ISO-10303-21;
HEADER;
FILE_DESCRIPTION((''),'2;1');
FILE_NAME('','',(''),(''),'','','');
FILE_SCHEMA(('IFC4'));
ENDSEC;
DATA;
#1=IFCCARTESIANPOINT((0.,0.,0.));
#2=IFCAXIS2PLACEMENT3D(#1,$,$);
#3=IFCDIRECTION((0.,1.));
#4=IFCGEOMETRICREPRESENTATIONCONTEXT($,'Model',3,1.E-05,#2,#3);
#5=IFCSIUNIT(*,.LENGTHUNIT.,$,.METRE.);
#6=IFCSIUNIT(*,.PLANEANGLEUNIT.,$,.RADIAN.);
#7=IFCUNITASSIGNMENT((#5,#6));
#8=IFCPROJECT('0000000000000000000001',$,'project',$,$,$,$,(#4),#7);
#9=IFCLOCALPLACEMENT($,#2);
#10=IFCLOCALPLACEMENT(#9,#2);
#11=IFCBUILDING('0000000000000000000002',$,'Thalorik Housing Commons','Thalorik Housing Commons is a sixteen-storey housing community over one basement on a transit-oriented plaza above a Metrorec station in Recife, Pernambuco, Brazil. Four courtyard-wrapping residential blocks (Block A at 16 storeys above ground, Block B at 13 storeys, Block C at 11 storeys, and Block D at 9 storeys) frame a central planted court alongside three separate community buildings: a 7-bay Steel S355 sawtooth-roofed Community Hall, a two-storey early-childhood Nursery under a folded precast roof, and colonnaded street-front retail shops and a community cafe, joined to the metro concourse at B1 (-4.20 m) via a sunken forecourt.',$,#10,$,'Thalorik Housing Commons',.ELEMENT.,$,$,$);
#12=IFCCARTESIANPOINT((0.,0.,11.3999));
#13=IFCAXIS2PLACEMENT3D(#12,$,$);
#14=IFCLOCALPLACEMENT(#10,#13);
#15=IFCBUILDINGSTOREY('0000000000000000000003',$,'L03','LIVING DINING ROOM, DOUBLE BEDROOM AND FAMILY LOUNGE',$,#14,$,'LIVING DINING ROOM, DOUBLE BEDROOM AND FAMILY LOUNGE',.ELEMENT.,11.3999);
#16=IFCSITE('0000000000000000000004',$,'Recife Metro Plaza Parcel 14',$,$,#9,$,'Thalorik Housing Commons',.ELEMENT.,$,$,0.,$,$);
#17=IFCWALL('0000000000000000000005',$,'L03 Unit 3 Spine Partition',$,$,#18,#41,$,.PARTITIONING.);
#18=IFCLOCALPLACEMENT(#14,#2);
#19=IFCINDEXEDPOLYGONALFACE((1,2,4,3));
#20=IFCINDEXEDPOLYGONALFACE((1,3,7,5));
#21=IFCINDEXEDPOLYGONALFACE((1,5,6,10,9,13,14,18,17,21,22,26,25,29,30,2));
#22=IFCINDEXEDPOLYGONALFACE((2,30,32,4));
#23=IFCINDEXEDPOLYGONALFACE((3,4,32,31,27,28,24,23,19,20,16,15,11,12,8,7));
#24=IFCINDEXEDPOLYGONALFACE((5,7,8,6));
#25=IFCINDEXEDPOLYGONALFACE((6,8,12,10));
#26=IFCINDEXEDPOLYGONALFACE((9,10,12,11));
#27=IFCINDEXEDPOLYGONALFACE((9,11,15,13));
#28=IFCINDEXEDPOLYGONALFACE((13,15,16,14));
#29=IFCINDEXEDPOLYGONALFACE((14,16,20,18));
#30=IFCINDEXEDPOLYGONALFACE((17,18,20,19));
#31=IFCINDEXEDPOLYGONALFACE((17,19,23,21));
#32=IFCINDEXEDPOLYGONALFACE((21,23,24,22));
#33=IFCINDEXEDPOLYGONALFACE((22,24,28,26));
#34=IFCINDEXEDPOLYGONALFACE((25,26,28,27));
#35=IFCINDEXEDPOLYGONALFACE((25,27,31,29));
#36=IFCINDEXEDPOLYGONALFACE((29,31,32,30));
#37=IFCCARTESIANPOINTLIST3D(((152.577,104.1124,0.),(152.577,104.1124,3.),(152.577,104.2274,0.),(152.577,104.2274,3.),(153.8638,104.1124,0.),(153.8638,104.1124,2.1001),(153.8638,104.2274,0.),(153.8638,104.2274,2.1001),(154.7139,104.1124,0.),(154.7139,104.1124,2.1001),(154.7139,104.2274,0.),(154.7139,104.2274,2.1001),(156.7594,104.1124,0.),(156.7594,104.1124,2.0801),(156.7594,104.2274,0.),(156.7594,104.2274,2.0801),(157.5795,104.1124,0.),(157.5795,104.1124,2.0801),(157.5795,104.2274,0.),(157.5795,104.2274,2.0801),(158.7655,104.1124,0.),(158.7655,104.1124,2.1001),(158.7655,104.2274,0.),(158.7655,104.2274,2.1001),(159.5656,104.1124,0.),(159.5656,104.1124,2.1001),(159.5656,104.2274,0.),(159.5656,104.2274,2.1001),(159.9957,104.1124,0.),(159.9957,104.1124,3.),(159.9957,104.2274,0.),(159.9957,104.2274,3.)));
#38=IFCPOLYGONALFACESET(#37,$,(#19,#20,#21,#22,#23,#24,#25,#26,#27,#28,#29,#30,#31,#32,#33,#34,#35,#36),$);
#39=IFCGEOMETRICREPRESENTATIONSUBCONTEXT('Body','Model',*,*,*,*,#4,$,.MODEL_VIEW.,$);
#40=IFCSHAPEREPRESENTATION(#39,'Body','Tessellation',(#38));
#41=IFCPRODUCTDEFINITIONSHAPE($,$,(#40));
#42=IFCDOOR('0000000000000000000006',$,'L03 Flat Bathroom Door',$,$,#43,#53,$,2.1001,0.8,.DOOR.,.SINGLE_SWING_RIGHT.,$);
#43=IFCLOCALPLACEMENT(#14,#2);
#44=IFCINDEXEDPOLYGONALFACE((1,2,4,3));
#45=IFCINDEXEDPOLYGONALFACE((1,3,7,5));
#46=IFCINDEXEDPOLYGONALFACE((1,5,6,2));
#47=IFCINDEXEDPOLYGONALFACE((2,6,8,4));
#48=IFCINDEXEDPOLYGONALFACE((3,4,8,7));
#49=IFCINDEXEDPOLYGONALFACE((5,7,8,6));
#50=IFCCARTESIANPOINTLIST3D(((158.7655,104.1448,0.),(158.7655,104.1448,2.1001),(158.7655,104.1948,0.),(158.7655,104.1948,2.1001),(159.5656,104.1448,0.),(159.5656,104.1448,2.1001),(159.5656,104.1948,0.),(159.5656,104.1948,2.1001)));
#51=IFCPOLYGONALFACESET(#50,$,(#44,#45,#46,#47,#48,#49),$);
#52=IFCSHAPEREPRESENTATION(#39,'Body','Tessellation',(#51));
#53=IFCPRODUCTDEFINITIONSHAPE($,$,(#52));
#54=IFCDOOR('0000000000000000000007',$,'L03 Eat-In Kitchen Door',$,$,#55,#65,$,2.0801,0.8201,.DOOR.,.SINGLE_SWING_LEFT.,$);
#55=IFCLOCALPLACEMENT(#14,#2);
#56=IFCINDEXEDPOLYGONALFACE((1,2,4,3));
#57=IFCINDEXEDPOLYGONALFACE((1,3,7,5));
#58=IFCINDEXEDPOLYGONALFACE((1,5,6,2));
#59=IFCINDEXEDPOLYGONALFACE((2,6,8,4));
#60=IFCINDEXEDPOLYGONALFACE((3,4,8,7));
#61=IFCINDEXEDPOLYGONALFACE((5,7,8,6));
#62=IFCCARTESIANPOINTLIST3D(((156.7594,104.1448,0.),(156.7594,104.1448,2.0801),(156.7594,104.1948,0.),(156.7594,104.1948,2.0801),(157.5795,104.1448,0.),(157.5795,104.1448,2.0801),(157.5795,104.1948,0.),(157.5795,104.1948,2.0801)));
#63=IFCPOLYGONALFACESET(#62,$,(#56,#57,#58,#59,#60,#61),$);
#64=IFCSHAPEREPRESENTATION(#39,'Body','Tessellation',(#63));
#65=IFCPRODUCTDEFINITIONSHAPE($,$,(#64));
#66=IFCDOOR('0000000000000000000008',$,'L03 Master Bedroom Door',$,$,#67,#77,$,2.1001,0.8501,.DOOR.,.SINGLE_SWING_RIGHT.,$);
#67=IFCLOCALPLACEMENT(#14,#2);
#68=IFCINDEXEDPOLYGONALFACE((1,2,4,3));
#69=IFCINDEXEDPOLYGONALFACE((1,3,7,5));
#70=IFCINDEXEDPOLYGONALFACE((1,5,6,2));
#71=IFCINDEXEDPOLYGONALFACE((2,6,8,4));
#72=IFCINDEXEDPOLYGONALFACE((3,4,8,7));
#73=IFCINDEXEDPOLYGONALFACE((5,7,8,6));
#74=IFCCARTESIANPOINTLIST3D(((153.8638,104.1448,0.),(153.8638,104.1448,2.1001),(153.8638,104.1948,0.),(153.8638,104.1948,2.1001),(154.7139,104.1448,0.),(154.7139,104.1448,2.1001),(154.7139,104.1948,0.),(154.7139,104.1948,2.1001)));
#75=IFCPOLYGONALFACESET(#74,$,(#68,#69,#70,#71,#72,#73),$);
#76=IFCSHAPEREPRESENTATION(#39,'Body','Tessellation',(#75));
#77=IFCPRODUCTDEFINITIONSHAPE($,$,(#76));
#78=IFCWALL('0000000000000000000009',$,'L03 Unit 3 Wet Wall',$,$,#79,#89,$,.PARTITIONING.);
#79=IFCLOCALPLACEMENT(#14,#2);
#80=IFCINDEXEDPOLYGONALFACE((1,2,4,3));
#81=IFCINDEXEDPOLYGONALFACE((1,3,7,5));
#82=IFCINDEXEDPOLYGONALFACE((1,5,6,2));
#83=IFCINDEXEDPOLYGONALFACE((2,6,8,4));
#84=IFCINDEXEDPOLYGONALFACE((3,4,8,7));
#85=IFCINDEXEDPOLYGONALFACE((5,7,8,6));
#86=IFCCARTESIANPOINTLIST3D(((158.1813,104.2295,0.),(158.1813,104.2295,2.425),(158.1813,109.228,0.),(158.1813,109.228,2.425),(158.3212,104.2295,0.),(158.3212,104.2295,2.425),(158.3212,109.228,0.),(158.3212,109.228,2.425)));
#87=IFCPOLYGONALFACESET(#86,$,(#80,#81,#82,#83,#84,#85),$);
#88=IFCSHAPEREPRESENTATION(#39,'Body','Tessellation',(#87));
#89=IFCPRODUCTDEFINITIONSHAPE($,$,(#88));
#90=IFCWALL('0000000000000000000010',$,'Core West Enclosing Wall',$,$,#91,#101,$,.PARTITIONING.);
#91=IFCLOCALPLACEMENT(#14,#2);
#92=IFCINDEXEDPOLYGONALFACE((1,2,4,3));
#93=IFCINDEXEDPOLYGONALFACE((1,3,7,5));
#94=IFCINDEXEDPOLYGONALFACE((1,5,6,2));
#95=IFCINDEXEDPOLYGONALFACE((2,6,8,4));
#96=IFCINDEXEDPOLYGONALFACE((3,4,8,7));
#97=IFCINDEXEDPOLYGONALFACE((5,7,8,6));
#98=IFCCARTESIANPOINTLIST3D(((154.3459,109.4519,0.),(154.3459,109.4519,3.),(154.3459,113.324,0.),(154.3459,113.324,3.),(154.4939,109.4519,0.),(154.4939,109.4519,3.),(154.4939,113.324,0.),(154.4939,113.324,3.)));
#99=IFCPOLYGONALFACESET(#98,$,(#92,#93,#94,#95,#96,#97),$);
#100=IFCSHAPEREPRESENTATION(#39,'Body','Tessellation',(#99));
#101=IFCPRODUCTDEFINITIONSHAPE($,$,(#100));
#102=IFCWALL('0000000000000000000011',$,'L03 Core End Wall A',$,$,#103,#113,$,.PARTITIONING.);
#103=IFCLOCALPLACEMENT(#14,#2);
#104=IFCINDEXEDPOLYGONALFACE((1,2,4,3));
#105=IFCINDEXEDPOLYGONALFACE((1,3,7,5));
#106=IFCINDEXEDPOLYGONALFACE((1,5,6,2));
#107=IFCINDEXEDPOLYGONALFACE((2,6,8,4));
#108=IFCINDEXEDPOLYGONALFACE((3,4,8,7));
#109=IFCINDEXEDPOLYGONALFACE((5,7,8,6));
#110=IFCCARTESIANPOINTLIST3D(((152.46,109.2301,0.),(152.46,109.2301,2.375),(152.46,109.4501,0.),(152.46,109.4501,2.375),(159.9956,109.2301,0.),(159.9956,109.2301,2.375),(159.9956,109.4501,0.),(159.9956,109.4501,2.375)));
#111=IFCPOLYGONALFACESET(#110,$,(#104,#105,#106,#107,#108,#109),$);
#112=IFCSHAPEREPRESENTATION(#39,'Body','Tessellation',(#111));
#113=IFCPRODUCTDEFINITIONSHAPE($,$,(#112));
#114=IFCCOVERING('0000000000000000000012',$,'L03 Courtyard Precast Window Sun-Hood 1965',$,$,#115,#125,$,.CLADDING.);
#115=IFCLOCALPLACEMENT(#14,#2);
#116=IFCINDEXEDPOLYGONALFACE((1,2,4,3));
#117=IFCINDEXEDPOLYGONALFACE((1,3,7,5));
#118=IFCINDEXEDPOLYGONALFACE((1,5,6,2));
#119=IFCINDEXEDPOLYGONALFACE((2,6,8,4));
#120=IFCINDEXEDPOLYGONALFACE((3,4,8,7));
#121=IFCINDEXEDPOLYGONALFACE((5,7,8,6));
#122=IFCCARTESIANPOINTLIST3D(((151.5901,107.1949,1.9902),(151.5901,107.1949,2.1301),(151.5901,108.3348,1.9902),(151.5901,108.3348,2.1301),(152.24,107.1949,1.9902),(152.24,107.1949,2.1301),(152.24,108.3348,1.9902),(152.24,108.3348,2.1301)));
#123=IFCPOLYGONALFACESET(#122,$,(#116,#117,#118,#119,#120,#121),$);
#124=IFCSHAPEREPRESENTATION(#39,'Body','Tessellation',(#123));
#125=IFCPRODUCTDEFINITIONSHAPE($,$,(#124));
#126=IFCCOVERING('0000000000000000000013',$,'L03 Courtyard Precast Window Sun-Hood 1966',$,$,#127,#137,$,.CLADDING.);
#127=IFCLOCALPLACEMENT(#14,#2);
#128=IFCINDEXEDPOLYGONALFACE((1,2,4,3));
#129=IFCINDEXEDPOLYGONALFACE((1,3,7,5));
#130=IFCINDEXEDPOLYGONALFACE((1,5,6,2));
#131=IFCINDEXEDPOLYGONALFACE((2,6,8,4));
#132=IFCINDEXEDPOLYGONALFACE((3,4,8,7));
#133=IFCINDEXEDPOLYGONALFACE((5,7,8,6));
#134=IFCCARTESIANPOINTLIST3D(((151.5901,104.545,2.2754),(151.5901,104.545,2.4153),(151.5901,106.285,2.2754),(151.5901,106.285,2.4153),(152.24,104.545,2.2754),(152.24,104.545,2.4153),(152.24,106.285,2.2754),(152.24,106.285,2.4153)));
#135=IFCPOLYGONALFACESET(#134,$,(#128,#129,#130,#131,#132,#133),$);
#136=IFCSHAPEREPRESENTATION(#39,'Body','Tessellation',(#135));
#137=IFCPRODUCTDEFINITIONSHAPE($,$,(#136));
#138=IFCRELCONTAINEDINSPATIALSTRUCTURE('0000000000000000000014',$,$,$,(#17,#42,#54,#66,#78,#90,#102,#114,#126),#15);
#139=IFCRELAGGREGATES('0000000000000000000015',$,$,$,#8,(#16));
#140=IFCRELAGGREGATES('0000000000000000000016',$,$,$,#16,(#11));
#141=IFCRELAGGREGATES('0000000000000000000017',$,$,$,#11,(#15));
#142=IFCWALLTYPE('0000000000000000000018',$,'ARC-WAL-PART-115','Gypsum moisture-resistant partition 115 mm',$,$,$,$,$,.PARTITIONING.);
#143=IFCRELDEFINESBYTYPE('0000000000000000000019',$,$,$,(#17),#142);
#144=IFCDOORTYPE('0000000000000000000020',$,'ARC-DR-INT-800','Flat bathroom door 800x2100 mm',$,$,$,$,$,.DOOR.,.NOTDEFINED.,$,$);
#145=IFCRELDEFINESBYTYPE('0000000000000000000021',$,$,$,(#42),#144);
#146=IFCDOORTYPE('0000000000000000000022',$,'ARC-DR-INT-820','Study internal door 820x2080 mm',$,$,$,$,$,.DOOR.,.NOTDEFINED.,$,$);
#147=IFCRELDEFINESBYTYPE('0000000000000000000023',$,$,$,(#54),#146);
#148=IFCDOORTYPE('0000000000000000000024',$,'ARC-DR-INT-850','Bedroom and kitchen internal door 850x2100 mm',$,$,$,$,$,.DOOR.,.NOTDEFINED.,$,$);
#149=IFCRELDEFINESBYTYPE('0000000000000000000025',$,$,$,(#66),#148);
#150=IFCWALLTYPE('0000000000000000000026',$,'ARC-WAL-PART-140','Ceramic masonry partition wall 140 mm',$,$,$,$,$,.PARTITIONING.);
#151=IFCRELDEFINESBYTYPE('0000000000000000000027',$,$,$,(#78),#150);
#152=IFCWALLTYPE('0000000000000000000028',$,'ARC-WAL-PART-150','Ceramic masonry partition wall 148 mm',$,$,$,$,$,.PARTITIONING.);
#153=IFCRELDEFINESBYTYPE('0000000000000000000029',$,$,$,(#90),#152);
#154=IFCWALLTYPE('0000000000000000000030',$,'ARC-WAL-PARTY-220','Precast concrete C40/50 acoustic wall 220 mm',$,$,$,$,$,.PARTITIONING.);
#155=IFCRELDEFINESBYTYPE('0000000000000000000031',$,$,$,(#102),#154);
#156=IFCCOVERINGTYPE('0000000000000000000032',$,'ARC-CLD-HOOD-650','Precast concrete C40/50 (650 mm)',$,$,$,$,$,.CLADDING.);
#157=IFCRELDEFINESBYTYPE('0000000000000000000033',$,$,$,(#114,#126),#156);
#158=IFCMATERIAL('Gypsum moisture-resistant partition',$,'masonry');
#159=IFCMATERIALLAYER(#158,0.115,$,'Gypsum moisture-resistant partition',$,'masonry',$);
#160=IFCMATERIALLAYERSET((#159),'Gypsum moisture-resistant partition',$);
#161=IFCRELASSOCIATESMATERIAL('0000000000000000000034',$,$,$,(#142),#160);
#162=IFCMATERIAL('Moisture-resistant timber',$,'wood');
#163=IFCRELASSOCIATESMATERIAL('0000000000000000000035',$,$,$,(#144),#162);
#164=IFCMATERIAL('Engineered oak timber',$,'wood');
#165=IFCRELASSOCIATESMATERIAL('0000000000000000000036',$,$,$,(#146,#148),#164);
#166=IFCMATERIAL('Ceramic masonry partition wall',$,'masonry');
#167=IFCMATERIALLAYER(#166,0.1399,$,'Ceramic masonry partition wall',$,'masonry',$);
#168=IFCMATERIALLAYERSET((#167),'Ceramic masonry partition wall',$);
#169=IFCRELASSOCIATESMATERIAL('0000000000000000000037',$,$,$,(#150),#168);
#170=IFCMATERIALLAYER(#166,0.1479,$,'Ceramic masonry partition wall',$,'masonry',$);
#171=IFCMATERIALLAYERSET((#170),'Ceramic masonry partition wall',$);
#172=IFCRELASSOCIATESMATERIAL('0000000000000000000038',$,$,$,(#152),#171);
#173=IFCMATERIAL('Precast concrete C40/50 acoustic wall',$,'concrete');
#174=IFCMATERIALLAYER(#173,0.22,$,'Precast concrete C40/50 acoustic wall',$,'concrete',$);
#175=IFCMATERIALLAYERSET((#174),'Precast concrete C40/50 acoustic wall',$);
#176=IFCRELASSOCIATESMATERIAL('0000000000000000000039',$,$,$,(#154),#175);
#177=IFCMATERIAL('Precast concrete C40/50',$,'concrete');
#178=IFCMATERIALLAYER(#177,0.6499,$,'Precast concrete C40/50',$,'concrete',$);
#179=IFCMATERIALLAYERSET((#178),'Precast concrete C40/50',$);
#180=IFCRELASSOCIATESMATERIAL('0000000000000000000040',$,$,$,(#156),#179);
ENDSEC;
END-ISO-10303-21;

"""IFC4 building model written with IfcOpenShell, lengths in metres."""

from ifc_helpers import new_model, si_unit, direction, frame, frame_2d, origin, origin_2d, place, context, subcontext, project, spatial, rectangle, extrude, material, layer, layer_set, type_object, element, fill, save


model = new_model("IFC4")

# Units and contexts
model_context = context("Model", 3, precision=1e-05, world=origin(), true_north=direction((0.0, 1.0)))
body_context = subcontext(model_context, "Body", "Model", "MODEL_VIEW")
ifc_project = project(units=[si_unit("LENGTHUNIT", "METRE"), si_unit("PLANEANGLEUNIT", "RADIAN")], contexts=[model_context])

# Site, building, storey
site_placement = place(None, origin())
site = spatial("IfcSite", under=ifc_project, at=site_placement, Name="Recife Metro Plaza Parcel 14", LongName="Thalorik Housing Commons", CompositionType="ELEMENT", RefElevation=0.0)
building_placement = place(site_placement, origin())
building = spatial("IfcBuilding", under=site, at=building_placement, Name="Thalorik Housing Commons", Description="Thalorik Housing Commons is a sixteen-storey housing community over one basement on a transit-oriented plaza above a Metrorec station in Recife, Pernambuco, Brazil. Four courtyard-wrapping residential blocks (Block A at 16 storeys above ground, Block B at 13 storeys, Block C at 11 storeys, and Block D at 9 storeys) frame a central planted court alongside three separate community buildings: a 7-bay Steel S355 sawtooth-roofed Community Hall, a two-storey early-childhood Nursery under a folded precast roof, and colonnaded street-front retail shops and a community cafe, joined to the metro concourse at B1 (-4.20 m) via a sunken forecourt.", LongName="Thalorik Housing Commons", CompositionType="ELEMENT")
storey_placement = place(building_placement, frame((0.0, 0.0, 11.3999)))
storey = spatial("IfcBuildingStorey", under=building, at=storey_placement, Name="L03", Description="LIVING DINING ROOM, DOUBLE BEDROOM AND FAMILY LOUNGE", LongName="LIVING DINING ROOM, DOUBLE BEDROOM AND FAMILY LOUNGE", CompositionType="ELEMENT", Elevation=11.3999)

# Shared definitions
ifc_material_1 = material(Name="Precast concrete C40/50", Category="concrete")

# Wall, openings, doors
ifc_material_2 = material(Name="Gypsum moisture-resistant partition", Category="masonry")
ifc_layer_1 = layer(ifc_material_2, 0.115, Name="Gypsum moisture-resistant partition", Category="masonry")
ifc_layer_set_1 = layer_set([ifc_layer_1], Name="Gypsum moisture-resistant partition")
wall_type_1 = type_object("IfcWallType", Name="ARC-WAL-PART-115", Description="Gypsum moisture-resistant partition 115 mm", PredefinedType="PARTITIONING", material=ifc_layer_set_1)
wall_1_placement = place(storey_placement, frame((152.5769, 104.1699, 0.0), z_axis=(0.0, 0.0, 1.0), x_axis=(1.0, 0.0, 0.0)))
wall_1 = element("IfcWall", 1, at=wall_1_placement, inside=storey, type_object=wall_type_1, Name="L03 Unit 3 Spine Partition", PredefinedType="PARTITIONING", context=body_context, shape_type="SweptSolid", body=[
    extrude(rectangle(XDim=7.4187, YDim=0.115, at=frame_2d((3.7095, 0.0))), origin(), (0.0, 0.0, 1.0), 3.0),
])
opening_1_placement = place(wall_1_placement, frame((1.2869, 0.0, 0.0)))
opening_1 = element("IfcOpeningElement", 2, at=opening_1_placement, cuts=wall_1, PredefinedType="OPENING", context=body_context, shape_type="SweptSolid", body=[
    extrude(rectangle(XDim=0.8501, YDim=2.1001, at=frame_2d((0.425, 1.05))), frame((0.0, 0.0674, 0.0), z_axis=(0.0, -1.0, 0.0), x_axis=(1.0, 0.0, 0.0)), (0.0, 0.0, 1.0), 0.135),
])
opening_2_placement = place(wall_1_placement, frame((4.1824, 0.0, 0.0)))
opening_2 = element("IfcOpeningElement", 3, at=opening_2_placement, cuts=wall_1, PredefinedType="OPENING", context=body_context, shape_type="SweptSolid", body=[
    extrude(rectangle(XDim=0.8201, YDim=2.0801, at=frame_2d((0.4102, 1.04))), frame((0.0, 0.0674, 0.0), z_axis=(0.0, -1.0, 0.0), x_axis=(1.0, 0.0, 0.0)), (0.0, 0.0, 1.0), 0.135),
])
opening_3_placement = place(wall_1_placement, frame((6.1887, 0.0, 0.0)))
opening_3 = element("IfcOpeningElement", 4, at=opening_3_placement, cuts=wall_1, PredefinedType="OPENING", context=body_context, shape_type="SweptSolid", body=[
    extrude(rectangle(XDim=0.8, YDim=2.1001, at=frame_2d((0.3999, 1.05))), frame((0.0, 0.0674, 0.0), z_axis=(0.0, -1.0, 0.0), x_axis=(1.0, 0.0, 0.0)), (0.0, 0.0, 1.0), 0.135),
])
ifc_material_3 = material(Name="Moisture-resistant timber", Category="wood")
door_type_1 = type_object("IfcDoorType", Name="ARC-DR-INT-800", Description="Flat bathroom door 800x2100 mm", OperationType="NOTDEFINED", PredefinedType="DOOR", material=ifc_material_3)
door_1_placement = place(opening_3_placement, origin())
door_1 = element("IfcDoor", 5, at=door_1_placement, inside=storey, type_object=door_type_1, Name="L03 Flat Bathroom Door", OperationType="SINGLE_SWING_RIGHT", OverallHeight=2.1001, OverallWidth=0.8, PredefinedType="DOOR", context=body_context, shape_type="SweptSolid", body=[
    extrude(rectangle(XDim=0.8, YDim=2.1001, at=frame_2d((0.3999, 1.05))), frame((0.0, 0.0249, 0.0), z_axis=(0.0, -1.0, 0.0), x_axis=(1.0, 0.0, 0.0)), (0.0, 0.0, 1.0), 0.05),
])
fill(opening_3, door_1)
ifc_material_4 = material(Name="Engineered oak timber", Category="wood")
door_type_2 = type_object("IfcDoorType", Name="ARC-DR-INT-820", Description="Study internal door 820x2080 mm", OperationType="NOTDEFINED", PredefinedType="DOOR", material=ifc_material_4)
door_2_placement = place(opening_2_placement, origin())
door_2 = element("IfcDoor", 6, at=door_2_placement, inside=storey, type_object=door_type_2, Name="L03 Eat-In Kitchen Door", OperationType="SINGLE_SWING_LEFT", OverallHeight=2.0801, OverallWidth=0.8201, PredefinedType="DOOR", context=body_context, shape_type="SweptSolid", body=[
    extrude(rectangle(XDim=0.8201, YDim=2.0801, at=frame_2d((0.4102, 1.04))), frame((0.0, 0.0249, 0.0), z_axis=(0.0, -1.0, 0.0), x_axis=(1.0, 0.0, 0.0)), (0.0, 0.0, 1.0), 0.05),
])
fill(opening_2, door_2)
door_type_3 = type_object("IfcDoorType", Name="ARC-DR-INT-850", Description="Bedroom and kitchen internal door 850x2100 mm", OperationType="NOTDEFINED", PredefinedType="DOOR", material=ifc_material_4)
door_3_placement = place(opening_1_placement, origin())
door_3 = element("IfcDoor", 7, at=door_3_placement, inside=storey, type_object=door_type_3, Name="L03 Master Bedroom Door", OperationType="SINGLE_SWING_RIGHT", OverallHeight=2.1001, OverallWidth=0.8501, PredefinedType="DOOR", context=body_context, shape_type="SweptSolid", body=[
    extrude(rectangle(XDim=0.8501, YDim=2.1001, at=frame_2d((0.425, 1.05))), frame((0.0, 0.0249, 0.0), z_axis=(0.0, -1.0, 0.0), x_axis=(1.0, 0.0, 0.0)), (0.0, 0.0, 1.0), 0.05),
])
fill(opening_1, door_3)

# Walls
ifc_material_5 = material(Name="Ceramic masonry partition wall", Category="masonry")
ifc_layer_2 = layer(ifc_material_5, 0.1399, Name="Ceramic masonry partition wall", Category="masonry")
ifc_layer_set_2 = layer_set([ifc_layer_2], Name="Ceramic masonry partition wall")
wall_type_2 = type_object("IfcWallType", Name="ARC-WAL-PART-140", Description="Ceramic masonry partition wall 140 mm", PredefinedType="PARTITIONING", material=ifc_layer_set_2)
wall_2_placement = place(storey_placement, frame((158.2512, 104.2295, 0.0), z_axis=(0.0, 0.0, 1.0), x_axis=(0.0, 1.0, 0.0)))
element("IfcWall", 8, at=wall_2_placement, inside=storey, type_object=wall_type_2, Name="L03 Unit 3 Wet Wall", PredefinedType="PARTITIONING", context=body_context, shape_type="SweptSolid", body=[
    extrude(rectangle(XDim=4.9985, YDim=0.1399, at=frame_2d((2.4993, 0.0))), origin(), (0.0, 0.0, 1.0), 2.425),
])
ifc_layer_3 = layer(ifc_material_5, 0.1479, Name="Ceramic masonry partition wall", Category="masonry")
ifc_layer_set_3 = layer_set([ifc_layer_3], Name="Ceramic masonry partition wall")
wall_type_3 = type_object("IfcWallType", Name="ARC-WAL-PART-150", Description="Ceramic masonry partition wall 148 mm", PredefinedType="PARTITIONING", material=ifc_layer_set_3)
wall_3_placement = place(storey_placement, frame((154.4199, 113.324, 0.0), z_axis=(0.0, 0.0, 1.0), x_axis=(0.0, -1.0, 0.0)))
element("IfcWall", 9, at=wall_3_placement, inside=storey, type_object=wall_type_3, Name="Core West Enclosing Wall", PredefinedType="PARTITIONING", context=body_context, shape_type="SweptSolid", body=[
    extrude(rectangle(XDim=3.8721, YDim=0.1479, at=frame_2d((1.936, 0.0))), origin(), (0.0, 0.0, 1.0), 3.0),
])
ifc_material_6 = material(Name="Precast concrete C40/50 acoustic wall", Category="concrete")
ifc_layer_4 = layer(ifc_material_6, 0.22, Name="Precast concrete C40/50 acoustic wall", Category="concrete")
ifc_layer_set_4 = layer_set([ifc_layer_4], Name="Precast concrete C40/50 acoustic wall")
wall_type_4 = type_object("IfcWallType", Name="ARC-WAL-PARTY-220", Description="Precast concrete C40/50 acoustic wall 220 mm", PredefinedType="PARTITIONING", material=ifc_layer_set_4)
wall_4_placement = place(storey_placement, frame((152.46, 109.3401, 0.0), z_axis=(0.0, 0.0, 1.0), x_axis=(1.0, 0.0, 0.0)))
element("IfcWall", 10, at=wall_4_placement, inside=storey, type_object=wall_type_4, Name="L03 Core End Wall A", PredefinedType="PARTITIONING", context=body_context, shape_type="SweptSolid", body=[
    extrude(rectangle(XDim=7.5356, YDim=0.22, at=frame_2d((3.7678, 0.0))), origin(), (0.0, 0.0, 1.0), 2.375),
])

# Coverings
ifc_layer_5 = layer(ifc_material_1, 0.6499, Name="Precast concrete C40/50", Category="concrete")
ifc_layer_set_5 = layer_set([ifc_layer_5], Name="Precast concrete C40/50")
covering_type = type_object("IfcCoveringType", Name="ARC-CLD-HOOD-650", Description="Precast concrete C40/50 (650 mm)", PredefinedType="CLADDING", material=ifc_layer_set_5)
covering_1_placement = place(storey_placement, frame((151.915, 107.7649, 1.9902), z_axis=(0.0, 0.0, 1.0), x_axis=(0.0, -1.0, 0.0)))
element("IfcCovering", 11, at=covering_1_placement, inside=storey, type_object=covering_type, Name="L03 Courtyard Precast Window Sun-Hood 1965", PredefinedType="CLADDING", context=body_context, shape_type="SweptSolid", body=[
    extrude(rectangle(XDim=1.1399, YDim=0.6499, at=origin_2d()), origin(), (0.0, 0.0, 1.0), 0.1399),
])
covering_2_placement = place(storey_placement, frame((151.915, 105.415, 2.2754), z_axis=(0.0, 0.0, 1.0), x_axis=(0.0, -1.0, 0.0)))
element("IfcCovering", 12, at=covering_2_placement, inside=storey, type_object=covering_type, Name="L03 Courtyard Precast Window Sun-Hood 1966", PredefinedType="CLADDING", context=body_context, shape_type="SweptSolid", body=[
    extrude(rectangle(XDim=1.74, YDim=0.6499, at=origin_2d()), origin(), (0.0, 0.0, 1.0), 0.1399),
])

save(model, "model.ifc")
